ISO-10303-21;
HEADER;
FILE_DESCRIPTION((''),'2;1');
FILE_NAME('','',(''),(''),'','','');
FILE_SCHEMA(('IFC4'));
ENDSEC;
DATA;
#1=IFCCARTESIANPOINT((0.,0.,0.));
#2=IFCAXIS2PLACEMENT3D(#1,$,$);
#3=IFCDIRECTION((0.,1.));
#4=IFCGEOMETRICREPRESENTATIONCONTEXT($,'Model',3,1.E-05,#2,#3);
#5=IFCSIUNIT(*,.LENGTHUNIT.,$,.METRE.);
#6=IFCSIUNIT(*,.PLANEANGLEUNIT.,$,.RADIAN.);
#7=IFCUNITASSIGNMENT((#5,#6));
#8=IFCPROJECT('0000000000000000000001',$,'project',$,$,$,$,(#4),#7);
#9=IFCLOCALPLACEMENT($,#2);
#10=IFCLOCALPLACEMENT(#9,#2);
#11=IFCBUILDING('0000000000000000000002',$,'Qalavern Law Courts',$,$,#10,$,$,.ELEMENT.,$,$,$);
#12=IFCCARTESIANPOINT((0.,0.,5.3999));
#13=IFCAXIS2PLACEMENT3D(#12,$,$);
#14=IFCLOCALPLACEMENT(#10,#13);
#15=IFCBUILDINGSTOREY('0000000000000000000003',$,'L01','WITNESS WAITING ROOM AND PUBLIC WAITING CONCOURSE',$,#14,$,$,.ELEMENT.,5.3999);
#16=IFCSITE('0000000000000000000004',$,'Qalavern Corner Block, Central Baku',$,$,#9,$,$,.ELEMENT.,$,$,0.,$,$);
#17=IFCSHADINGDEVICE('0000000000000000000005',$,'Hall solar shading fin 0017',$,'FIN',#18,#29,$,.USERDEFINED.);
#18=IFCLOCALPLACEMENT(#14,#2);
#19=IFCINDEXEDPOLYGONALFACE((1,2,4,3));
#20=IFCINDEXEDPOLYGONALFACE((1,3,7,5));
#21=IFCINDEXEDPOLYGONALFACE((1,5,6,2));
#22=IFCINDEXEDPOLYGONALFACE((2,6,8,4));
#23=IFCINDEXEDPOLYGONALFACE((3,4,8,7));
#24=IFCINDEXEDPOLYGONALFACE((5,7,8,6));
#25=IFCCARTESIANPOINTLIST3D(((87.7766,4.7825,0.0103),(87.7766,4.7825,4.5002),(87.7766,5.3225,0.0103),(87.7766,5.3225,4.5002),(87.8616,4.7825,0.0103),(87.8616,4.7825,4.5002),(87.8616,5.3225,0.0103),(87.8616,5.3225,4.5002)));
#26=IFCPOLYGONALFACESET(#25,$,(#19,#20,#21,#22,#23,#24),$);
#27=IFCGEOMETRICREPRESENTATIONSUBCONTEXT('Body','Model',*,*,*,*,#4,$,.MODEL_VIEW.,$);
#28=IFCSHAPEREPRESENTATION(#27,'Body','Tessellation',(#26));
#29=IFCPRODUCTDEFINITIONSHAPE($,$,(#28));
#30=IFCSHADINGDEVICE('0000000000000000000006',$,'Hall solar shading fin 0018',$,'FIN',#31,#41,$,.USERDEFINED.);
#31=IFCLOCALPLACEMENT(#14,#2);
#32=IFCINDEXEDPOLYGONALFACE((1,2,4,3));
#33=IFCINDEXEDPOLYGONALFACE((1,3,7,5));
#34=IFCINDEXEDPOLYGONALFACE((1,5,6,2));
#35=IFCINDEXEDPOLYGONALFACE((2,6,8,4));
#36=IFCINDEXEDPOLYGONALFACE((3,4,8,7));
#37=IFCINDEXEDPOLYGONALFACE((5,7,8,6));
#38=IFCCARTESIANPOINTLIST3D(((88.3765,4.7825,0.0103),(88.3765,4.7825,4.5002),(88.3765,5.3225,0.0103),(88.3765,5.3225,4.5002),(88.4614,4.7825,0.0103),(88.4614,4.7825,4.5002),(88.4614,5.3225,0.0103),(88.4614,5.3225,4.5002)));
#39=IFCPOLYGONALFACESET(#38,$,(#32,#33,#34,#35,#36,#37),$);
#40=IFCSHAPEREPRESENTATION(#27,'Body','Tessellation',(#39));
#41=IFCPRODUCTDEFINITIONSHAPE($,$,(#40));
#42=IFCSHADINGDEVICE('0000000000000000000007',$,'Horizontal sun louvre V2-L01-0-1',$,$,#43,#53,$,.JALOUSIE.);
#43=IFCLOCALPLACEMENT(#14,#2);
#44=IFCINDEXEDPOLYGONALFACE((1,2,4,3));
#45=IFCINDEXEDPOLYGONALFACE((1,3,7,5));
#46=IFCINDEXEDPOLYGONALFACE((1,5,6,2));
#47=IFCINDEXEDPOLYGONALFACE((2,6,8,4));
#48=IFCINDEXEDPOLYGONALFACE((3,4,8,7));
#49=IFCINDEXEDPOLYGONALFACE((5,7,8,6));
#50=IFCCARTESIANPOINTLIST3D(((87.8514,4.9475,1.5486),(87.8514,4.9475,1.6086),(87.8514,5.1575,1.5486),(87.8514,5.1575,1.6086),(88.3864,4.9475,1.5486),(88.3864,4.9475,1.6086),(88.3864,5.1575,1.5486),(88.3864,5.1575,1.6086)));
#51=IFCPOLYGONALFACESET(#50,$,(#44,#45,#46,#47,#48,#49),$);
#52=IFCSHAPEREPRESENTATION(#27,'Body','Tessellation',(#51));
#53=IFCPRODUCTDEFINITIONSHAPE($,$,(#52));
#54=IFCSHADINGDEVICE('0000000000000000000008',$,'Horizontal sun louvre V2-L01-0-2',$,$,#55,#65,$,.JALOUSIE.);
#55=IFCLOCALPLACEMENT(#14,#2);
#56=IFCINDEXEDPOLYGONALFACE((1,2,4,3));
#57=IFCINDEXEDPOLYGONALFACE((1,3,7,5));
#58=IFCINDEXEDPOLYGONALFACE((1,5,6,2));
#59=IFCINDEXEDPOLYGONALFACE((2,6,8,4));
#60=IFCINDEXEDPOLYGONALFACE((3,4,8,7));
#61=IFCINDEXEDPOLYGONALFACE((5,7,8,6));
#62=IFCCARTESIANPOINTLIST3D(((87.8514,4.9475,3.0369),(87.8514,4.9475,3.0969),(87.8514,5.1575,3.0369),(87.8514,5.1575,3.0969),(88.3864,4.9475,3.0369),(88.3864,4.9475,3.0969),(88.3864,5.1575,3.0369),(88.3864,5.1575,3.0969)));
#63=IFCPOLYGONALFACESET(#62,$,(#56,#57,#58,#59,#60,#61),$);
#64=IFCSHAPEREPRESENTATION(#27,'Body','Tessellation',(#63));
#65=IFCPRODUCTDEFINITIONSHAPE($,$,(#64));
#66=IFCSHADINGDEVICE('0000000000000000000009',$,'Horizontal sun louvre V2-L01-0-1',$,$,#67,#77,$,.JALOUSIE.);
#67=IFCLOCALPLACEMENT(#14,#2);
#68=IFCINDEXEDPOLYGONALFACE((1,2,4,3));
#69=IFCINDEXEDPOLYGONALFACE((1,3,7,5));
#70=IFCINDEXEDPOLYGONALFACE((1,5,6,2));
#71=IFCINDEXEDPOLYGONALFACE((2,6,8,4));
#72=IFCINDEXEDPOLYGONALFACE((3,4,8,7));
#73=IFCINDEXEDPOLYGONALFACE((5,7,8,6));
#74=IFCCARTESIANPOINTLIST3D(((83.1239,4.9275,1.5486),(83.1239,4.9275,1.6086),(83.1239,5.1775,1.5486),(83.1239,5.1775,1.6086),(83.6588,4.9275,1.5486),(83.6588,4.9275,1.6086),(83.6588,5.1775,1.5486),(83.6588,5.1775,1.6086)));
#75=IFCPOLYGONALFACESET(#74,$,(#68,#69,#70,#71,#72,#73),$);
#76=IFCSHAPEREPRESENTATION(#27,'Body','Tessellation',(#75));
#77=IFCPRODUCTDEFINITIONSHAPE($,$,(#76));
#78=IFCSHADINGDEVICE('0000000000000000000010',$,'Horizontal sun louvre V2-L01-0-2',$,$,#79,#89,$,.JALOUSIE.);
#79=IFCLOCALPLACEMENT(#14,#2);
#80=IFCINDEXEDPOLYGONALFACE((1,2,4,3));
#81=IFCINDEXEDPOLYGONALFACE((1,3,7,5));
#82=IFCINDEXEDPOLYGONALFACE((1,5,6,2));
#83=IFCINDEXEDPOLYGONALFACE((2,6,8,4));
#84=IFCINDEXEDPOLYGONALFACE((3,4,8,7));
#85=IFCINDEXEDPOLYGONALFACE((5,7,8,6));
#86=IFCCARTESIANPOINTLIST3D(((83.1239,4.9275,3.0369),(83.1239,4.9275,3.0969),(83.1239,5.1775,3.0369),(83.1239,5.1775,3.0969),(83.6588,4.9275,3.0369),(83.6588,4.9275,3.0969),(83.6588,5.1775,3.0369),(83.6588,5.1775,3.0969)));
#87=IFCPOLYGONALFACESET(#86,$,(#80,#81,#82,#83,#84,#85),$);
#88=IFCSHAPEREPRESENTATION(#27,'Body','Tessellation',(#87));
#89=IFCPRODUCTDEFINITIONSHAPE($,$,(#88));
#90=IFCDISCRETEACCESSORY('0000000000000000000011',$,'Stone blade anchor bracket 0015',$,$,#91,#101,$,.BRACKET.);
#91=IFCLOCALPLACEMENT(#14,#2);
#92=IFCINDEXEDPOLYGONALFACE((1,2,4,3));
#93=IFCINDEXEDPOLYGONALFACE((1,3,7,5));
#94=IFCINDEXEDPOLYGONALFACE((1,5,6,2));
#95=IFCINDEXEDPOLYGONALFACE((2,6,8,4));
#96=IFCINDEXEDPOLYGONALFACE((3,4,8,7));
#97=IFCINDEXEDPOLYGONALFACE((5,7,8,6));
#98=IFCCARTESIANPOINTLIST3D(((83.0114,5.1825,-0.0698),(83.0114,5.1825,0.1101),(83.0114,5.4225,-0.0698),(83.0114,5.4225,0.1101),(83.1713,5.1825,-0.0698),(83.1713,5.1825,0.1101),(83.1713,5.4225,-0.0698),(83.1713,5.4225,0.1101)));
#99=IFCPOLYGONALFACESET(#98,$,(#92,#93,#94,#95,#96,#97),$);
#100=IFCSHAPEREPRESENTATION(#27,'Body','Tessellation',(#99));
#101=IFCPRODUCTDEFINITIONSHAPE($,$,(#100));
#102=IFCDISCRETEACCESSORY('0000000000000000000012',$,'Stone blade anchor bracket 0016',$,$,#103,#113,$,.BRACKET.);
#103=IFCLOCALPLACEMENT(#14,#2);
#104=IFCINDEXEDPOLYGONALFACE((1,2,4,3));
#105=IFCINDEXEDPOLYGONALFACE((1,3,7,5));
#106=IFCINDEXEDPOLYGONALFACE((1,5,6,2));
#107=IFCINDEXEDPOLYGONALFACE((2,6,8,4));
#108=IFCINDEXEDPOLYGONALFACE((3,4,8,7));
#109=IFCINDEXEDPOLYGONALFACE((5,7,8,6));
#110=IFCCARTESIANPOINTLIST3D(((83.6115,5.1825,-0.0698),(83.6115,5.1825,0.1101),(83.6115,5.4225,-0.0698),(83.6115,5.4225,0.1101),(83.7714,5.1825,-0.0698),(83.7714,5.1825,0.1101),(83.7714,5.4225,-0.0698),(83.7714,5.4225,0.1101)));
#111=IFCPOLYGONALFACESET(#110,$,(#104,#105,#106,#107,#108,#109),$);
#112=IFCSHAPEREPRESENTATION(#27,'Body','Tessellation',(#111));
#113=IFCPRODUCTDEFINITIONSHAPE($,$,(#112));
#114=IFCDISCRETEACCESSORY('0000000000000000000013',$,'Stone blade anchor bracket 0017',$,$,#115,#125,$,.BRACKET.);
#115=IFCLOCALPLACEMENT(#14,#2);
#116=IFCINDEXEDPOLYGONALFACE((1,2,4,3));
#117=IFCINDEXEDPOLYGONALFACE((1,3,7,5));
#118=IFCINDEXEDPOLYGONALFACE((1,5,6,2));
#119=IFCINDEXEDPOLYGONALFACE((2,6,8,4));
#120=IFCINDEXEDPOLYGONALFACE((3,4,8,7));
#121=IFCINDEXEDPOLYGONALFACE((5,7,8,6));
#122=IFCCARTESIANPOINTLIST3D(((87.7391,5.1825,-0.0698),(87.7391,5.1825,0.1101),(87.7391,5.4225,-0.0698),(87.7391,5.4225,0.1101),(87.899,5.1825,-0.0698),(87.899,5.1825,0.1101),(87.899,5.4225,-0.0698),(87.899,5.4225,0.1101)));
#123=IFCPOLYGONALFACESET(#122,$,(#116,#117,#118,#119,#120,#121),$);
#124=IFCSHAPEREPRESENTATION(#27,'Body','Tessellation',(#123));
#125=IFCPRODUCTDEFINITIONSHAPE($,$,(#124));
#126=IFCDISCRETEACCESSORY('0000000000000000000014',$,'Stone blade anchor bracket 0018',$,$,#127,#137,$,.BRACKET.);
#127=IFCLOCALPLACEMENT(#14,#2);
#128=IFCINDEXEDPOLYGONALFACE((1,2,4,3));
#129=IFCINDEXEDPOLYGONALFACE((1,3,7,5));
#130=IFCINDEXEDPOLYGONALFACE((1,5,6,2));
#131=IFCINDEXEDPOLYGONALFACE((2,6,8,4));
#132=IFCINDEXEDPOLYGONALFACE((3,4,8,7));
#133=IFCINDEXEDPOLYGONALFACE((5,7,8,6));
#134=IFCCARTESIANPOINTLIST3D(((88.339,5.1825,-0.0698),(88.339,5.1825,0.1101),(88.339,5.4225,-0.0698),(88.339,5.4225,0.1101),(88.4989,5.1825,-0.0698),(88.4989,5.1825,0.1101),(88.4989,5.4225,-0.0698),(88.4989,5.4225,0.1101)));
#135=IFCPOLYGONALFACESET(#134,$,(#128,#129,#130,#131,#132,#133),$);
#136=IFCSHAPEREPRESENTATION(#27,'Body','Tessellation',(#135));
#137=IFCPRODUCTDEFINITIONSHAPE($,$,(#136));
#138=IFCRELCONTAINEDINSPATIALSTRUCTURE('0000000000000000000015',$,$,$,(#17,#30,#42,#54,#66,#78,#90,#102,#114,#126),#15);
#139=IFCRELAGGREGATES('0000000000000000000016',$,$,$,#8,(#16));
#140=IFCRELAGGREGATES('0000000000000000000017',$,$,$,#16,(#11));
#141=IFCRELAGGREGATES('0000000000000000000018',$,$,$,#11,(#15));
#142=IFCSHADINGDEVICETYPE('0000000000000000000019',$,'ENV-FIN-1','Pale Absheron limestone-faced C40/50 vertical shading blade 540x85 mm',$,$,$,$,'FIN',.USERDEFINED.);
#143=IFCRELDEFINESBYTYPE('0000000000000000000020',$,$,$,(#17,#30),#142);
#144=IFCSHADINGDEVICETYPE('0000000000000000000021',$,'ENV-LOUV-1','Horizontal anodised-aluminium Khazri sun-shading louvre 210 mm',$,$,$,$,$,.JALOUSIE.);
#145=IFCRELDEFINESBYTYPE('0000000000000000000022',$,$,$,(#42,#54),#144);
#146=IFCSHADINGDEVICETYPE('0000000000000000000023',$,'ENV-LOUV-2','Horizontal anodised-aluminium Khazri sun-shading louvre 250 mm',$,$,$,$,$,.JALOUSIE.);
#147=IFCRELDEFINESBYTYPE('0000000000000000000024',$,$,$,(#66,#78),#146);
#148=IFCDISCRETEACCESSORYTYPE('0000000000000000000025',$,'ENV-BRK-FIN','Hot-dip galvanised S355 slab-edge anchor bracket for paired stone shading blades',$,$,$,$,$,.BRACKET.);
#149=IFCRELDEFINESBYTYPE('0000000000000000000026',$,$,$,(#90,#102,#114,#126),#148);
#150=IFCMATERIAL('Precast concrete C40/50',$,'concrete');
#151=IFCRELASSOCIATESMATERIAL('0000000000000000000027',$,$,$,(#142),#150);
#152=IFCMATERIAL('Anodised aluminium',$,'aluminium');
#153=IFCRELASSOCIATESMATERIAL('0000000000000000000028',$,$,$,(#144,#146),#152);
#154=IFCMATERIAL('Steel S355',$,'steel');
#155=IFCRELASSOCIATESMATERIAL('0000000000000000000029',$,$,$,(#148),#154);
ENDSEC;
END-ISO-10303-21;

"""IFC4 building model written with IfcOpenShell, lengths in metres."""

from ifc_helpers import new_model, si_unit, direction, frame, origin, origin_2d, place, context, subcontext, project, spatial, rectangle, extrude, material, type_object, element, save


model = new_model("IFC4")

# Units and contexts
model_context = context("Model", 3, precision=1e-05, world=origin(), true_north=direction((0.0, 1.0)))
body_context = subcontext(model_context, "Body", "Model", "MODEL_VIEW")
ifc_project = project(units=[si_unit("LENGTHUNIT", "METRE"), si_unit("PLANEANGLEUNIT", "RADIAN")], contexts=[model_context])

# Site, building, storey
site_placement = place(None, origin())
site = spatial("IfcSite", under=ifc_project, at=site_placement, Name="Qalavern Corner Block, Central Baku", CompositionType="ELEMENT", RefElevation=0.0)
building_placement = place(site_placement, origin())
building = spatial("IfcBuilding", under=site, at=building_placement, Name="Qalavern Law Courts", CompositionType="ELEMENT")
storey_placement = place(building_placement, frame((0.0, 0.0, 5.3999)))
storey = spatial("IfcBuildingStorey", under=building, at=storey_placement, Name="L01", Description="WITNESS WAITING ROOM AND PUBLIC WAITING CONCOURSE", CompositionType="ELEMENT", Elevation=5.3999)

# Shared definitions
ifc_material_1 = material(Name="Anodised aluminium", Category="aluminium")

# Shared definitions
ifc_material_2 = material(Name="Precast concrete C40/50", Category="concrete")

# Shading devices
shading_device_type_1 = type_object("IfcShadingDeviceType", Name="ENV-FIN-1", Description="Pale Absheron limestone-faced C40/50 vertical shading blade 540x85 mm", ElementType="FIN", PredefinedType="USERDEFINED", material=ifc_material_2)
for number, where, z_axis, x_axis, name in (
    (1, (87.8191, 5.0525, 0.0103), (0.0, 0.0, 1.0), (0.0, -1.0, 0.0), "Hall solar shading fin 0017"),
    (2, (88.4189, 5.0525, 0.0103), (0.0, 0.0, 1.0), (0.0, -1.0, 0.0), "Hall solar shading fin 0018"),
):
    element("IfcShadingDevice", number, at=place(storey_placement, frame(where, z_axis=z_axis, x_axis=x_axis)), inside=storey, type_object=shading_device_type_1, Name=name, ObjectType="FIN", PredefinedType="USERDEFINED", context=body_context, shape_type="SweptSolid", body=[
        extrude(rectangle(XDim=0.54, YDim=0.085, at=origin_2d()), origin(), (0.0, 0.0, 1.0), 4.49),
    ])
shading_device_type_2 = type_object("IfcShadingDeviceType", Name="ENV-LOUV-1", Description="Horizontal anodised-aluminium Khazri sun-shading louvre 210 mm", PredefinedType="JALOUSIE", material=ifc_material_1)
for number, where, z_axis, x_axis, name in (
    (3, (88.1189, 5.0525, 1.5486), (0.0, 0.0, 1.0), (1.0, 0.0, 0.0), "Horizontal sun louvre V2-L01-0-1"),
    (4, (88.1189, 5.0525, 3.0369), (0.0, 0.0, 1.0), (1.0, 0.0, 0.0), "Horizontal sun louvre V2-L01-0-2"),
):
    element("IfcShadingDevice", number, at=place(storey_placement, frame(where, z_axis=z_axis, x_axis=x_axis)), inside=storey, type_object=shading_device_type_2, Name=name, PredefinedType="JALOUSIE", context=body_context, shape_type="SweptSolid", body=[
        extrude(rectangle(XDim=0.5349, YDim=0.21, at=origin_2d()), origin(), (0.0, 0.0, 1.0), 0.0601),
    ])
shading_device_type_3 = type_object("IfcShadingDeviceType", Name="ENV-LOUV-2", Description="Horizontal anodised-aluminium Khazri sun-shading louvre 250 mm", PredefinedType="JALOUSIE", material=ifc_material_1)
for number, where, z_axis, x_axis, name in (
    (5, (83.3914, 5.0525, 1.5486), (0.0, 0.0, 1.0), (1.0, 0.0, 0.0), "Horizontal sun louvre V2-L01-0-1"),
    (6, (83.3914, 5.0525, 3.0369), (0.0, 0.0, 1.0), (1.0, 0.0, 0.0), "Horizontal sun louvre V2-L01-0-2"),
):
    element("IfcShadingDevice", number, at=place(storey_placement, frame(where, z_axis=z_axis, x_axis=x_axis)), inside=storey, type_object=shading_device_type_3, Name=name, PredefinedType="JALOUSIE", context=body_context, shape_type="SweptSolid", body=[
        extrude(rectangle(XDim=0.5349, YDim=0.25, at=origin_2d()), origin(), (0.0, 0.0, 1.0), 0.0601),
    ])

# Discrete accessories
ifc_material_3 = material(Name="Steel S355", Category="steel")
discrete_accessory_type = type_object("IfcDiscreteAccessoryType", Name="ENV-BRK-FIN", Description="Hot-dip galvanised S355 slab-edge anchor bracket for paired stone shading blades", PredefinedType="BRACKET", material=ifc_material_3)
for number, where, z_axis, x_axis, name in (
    (7, (83.0913, 5.3025, -0.0698), (0.0, 0.0, 1.0), (0.0, -1.0, 0.0), "Stone blade anchor bracket 0015"),
    (8, (83.6914, 5.3025, -0.0698), (0.0, 0.0, 1.0), (0.0, -1.0, 0.0), "Stone blade anchor bracket 0016"),
    (9, (87.8191, 5.3025, -0.0698), (0.0, 0.0, 1.0), (0.0, -1.0, 0.0), "Stone blade anchor bracket 0017"),
    (10, (88.4189, 5.3025, -0.0698), (0.0, 0.0, 1.0), (0.0, -1.0, 0.0), "Stone blade anchor bracket 0018"),
):
    element("IfcDiscreteAccessory", number, at=place(storey_placement, frame(where, z_axis=z_axis, x_axis=x_axis)), inside=storey, type_object=discrete_accessory_type, Name=name, PredefinedType="BRACKET", context=body_context, shape_type="SweptSolid", body=[
        extrude(rectangle(XDim=0.24, YDim=0.1599, at=origin_2d()), origin(), (0.0, 0.0, 1.0), 0.1799),
    ])

save(model, "model.ifc")
